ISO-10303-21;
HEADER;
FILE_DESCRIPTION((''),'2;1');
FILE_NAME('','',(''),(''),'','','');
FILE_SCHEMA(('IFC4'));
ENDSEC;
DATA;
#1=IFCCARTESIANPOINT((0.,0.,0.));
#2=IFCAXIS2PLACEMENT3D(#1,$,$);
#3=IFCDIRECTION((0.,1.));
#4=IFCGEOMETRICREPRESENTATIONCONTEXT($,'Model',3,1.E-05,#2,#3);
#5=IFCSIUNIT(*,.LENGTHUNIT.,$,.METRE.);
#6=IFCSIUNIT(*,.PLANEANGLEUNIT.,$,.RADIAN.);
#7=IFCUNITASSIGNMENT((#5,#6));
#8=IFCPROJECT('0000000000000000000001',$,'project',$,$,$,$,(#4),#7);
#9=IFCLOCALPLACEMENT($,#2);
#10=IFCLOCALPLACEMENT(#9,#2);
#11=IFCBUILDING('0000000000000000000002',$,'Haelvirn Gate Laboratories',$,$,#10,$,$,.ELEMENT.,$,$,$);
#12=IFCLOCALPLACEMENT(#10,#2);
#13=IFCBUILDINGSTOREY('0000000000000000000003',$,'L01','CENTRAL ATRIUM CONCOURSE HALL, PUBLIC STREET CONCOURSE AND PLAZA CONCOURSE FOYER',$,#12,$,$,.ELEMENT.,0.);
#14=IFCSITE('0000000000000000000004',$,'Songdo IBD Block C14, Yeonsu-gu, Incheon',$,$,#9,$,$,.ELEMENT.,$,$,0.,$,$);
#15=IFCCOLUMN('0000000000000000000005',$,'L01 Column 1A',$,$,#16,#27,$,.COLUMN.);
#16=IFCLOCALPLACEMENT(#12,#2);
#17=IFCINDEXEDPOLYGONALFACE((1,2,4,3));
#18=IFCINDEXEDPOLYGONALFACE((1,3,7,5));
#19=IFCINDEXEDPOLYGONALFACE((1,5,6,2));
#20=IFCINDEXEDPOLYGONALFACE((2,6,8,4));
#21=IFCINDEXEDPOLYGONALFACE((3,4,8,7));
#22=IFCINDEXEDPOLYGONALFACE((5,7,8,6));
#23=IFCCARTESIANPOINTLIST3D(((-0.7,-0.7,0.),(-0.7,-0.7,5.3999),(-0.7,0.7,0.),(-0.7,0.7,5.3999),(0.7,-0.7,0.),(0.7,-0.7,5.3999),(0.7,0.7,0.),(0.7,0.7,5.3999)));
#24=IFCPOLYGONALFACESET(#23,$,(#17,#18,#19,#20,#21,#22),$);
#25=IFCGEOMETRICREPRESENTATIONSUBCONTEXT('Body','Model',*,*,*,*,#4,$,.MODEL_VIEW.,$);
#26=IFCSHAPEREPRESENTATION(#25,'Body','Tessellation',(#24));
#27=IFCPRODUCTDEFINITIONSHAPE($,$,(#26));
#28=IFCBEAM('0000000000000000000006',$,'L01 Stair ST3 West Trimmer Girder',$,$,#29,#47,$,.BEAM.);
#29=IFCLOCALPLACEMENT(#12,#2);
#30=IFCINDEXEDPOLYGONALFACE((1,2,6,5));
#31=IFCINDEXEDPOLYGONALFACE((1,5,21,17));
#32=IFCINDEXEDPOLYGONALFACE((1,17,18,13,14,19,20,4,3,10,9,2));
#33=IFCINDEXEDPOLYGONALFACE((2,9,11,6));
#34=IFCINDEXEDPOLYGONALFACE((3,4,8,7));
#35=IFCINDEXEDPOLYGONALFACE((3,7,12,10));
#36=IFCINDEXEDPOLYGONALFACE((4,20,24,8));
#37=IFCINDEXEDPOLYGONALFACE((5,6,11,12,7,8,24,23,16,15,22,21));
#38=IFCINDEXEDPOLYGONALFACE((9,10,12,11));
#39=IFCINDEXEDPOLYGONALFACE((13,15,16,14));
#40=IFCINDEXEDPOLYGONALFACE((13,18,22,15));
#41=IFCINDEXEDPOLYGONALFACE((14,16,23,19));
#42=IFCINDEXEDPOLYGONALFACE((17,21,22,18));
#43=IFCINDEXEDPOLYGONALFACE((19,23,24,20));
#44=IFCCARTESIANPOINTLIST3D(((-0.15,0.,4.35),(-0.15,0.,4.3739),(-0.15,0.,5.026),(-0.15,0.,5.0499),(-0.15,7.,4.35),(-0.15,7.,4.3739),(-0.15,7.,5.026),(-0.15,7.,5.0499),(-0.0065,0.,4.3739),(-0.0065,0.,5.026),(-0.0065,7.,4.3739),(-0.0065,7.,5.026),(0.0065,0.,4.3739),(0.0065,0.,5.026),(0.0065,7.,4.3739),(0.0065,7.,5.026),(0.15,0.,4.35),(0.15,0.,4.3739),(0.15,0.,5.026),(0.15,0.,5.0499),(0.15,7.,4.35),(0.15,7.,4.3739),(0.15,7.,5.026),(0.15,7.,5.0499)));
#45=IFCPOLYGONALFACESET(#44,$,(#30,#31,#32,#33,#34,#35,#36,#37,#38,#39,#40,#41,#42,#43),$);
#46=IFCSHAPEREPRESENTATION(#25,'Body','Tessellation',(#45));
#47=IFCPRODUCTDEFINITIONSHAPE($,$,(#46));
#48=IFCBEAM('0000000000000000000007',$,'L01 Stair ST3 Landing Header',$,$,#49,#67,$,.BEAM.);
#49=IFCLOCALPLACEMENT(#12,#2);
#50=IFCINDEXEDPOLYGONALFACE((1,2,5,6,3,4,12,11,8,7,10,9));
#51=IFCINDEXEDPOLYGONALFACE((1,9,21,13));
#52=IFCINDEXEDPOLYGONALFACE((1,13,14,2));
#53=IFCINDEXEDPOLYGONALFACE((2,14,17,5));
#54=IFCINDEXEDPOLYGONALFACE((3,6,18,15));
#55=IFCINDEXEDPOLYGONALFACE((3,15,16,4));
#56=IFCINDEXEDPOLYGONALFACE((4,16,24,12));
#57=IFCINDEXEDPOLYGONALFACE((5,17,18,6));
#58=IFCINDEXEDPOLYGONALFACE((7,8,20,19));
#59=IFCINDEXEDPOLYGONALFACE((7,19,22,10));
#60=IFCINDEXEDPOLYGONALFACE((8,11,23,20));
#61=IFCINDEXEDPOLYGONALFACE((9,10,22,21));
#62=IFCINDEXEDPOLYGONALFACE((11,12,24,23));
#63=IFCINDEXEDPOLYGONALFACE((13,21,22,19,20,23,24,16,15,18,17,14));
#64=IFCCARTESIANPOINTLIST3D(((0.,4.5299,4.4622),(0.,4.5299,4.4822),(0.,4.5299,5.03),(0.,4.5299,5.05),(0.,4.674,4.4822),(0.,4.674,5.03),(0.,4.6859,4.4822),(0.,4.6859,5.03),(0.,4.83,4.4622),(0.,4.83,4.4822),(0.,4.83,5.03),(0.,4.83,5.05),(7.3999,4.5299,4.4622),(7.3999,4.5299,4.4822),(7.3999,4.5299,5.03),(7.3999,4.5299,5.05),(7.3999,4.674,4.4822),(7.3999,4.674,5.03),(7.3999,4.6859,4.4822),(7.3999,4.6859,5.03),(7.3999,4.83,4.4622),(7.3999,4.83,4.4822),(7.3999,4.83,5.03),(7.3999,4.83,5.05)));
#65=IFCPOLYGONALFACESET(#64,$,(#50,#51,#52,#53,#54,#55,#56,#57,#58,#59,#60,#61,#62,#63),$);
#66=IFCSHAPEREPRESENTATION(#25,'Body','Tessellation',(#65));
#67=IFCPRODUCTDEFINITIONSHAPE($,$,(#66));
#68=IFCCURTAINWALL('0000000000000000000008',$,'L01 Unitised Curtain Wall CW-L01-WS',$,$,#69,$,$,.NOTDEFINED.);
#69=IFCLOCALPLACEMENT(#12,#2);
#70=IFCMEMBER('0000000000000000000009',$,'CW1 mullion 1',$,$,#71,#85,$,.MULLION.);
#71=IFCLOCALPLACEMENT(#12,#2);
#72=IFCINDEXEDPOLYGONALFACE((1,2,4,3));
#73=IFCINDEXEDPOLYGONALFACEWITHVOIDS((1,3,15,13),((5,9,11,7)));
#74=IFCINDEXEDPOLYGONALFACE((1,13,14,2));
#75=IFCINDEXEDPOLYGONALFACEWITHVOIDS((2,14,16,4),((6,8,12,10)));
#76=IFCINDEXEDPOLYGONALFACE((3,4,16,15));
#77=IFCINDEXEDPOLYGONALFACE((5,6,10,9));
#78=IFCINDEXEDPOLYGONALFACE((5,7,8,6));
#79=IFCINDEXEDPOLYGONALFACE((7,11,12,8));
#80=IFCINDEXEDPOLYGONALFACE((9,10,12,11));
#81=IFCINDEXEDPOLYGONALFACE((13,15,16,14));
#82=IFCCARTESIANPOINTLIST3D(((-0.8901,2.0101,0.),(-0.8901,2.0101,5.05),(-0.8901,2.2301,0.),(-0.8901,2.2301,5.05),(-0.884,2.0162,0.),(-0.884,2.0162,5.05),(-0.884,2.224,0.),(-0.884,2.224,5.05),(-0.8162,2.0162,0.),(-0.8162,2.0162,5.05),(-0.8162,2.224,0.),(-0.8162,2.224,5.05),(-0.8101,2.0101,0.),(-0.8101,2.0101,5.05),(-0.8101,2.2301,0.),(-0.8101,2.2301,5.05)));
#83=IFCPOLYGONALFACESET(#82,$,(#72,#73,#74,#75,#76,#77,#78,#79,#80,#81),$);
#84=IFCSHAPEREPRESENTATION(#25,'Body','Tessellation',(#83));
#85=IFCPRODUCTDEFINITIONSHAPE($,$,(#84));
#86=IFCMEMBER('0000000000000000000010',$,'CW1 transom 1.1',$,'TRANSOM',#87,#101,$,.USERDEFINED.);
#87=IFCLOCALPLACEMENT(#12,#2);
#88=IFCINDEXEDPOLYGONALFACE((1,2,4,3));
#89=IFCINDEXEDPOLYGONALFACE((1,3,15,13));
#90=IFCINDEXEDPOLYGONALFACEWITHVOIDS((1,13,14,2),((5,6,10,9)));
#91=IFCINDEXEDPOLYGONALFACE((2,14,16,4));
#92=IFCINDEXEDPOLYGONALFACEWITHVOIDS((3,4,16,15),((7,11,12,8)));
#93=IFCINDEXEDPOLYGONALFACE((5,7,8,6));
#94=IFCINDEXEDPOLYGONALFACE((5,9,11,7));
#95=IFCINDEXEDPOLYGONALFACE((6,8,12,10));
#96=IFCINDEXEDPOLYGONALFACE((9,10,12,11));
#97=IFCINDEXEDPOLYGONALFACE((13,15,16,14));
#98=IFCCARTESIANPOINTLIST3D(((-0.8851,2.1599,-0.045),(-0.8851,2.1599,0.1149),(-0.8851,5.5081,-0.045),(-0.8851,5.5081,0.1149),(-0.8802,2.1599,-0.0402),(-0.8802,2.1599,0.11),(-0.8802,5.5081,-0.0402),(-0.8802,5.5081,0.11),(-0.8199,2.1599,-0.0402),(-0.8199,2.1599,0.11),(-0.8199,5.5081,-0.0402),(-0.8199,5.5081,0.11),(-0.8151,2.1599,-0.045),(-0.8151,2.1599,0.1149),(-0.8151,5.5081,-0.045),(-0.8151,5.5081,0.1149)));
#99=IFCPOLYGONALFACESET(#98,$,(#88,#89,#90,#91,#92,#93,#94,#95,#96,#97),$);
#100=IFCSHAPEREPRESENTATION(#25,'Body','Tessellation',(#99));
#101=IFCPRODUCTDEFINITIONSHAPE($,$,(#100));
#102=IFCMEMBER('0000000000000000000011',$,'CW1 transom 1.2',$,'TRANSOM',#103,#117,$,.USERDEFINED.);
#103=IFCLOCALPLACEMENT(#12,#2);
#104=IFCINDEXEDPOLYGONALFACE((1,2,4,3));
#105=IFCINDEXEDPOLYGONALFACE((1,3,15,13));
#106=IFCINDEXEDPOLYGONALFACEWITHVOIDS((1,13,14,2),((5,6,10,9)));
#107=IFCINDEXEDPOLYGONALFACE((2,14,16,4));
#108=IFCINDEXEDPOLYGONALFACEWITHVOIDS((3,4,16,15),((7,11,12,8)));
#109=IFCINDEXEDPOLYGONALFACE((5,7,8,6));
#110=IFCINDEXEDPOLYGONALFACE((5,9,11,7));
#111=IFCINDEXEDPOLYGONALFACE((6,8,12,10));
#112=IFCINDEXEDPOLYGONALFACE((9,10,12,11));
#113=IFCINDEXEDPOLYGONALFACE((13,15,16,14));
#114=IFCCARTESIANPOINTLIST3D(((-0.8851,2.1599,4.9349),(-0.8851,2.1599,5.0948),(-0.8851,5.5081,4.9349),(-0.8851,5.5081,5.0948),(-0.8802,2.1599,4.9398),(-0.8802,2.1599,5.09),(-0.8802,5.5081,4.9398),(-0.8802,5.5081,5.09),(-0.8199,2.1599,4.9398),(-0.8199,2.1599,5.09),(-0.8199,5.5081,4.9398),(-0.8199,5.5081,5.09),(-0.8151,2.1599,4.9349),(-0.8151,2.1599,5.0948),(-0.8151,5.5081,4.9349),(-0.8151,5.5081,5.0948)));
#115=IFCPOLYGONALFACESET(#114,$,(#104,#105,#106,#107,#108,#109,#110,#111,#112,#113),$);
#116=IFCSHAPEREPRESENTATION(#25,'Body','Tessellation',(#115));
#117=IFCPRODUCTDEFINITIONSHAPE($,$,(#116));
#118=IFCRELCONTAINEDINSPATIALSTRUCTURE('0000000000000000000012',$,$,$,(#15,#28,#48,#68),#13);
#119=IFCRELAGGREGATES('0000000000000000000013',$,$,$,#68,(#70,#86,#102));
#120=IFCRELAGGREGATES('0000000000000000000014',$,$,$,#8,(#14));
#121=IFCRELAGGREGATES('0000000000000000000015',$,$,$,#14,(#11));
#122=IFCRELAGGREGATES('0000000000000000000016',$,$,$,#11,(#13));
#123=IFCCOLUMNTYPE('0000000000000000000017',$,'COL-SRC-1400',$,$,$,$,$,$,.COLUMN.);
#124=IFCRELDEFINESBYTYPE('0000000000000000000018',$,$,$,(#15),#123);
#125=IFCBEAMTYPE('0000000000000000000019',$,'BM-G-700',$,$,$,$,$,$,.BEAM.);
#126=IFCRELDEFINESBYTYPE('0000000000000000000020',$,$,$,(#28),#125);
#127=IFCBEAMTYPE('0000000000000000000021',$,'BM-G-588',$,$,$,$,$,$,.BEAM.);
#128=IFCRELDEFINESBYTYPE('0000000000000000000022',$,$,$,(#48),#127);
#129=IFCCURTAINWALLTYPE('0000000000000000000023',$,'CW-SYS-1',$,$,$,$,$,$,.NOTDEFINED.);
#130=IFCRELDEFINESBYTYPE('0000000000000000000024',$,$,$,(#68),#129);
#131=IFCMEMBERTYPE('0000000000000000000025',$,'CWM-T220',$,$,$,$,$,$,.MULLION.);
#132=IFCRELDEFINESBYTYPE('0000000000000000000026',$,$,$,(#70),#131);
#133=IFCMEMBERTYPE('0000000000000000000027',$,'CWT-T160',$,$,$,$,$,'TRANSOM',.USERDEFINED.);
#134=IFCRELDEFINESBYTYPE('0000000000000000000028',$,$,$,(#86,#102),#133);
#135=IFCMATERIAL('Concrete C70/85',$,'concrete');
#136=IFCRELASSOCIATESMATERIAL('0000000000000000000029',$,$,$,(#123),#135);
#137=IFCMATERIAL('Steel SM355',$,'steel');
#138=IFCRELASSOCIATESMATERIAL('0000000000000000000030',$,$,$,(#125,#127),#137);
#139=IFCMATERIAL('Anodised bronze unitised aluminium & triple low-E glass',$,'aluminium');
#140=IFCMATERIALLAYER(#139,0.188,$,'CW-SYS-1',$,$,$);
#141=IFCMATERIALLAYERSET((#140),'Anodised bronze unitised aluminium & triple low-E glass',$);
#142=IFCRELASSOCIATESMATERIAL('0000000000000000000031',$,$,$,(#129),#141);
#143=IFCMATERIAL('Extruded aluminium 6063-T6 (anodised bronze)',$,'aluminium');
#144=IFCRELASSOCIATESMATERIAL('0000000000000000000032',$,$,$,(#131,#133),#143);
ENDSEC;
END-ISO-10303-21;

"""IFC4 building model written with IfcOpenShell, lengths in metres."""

from ifc_helpers import new_model, si_unit, direction, frame, origin, origin_with_axes, origin_2d, place, context, subcontext, project, spatial, rectangle, hollow_rectangle, i_section, extrude, source, transform, mapped, material, layer, layer_set, material_profile, profile_set, type_object, type_shapes, element, aggregate, save


model = new_model("IFC4")

# Units and contexts
model_context = context("Model", 3, precision=1e-05, world=origin(), true_north=direction((0.0, 1.0)))
body_context = subcontext(model_context, "Body", "Model", "MODEL_VIEW")
ifc_project = project(units=[si_unit("LENGTHUNIT", "METRE"), si_unit("PLANEANGLEUNIT", "RADIAN")], contexts=[model_context])

# Site, building, storey
site_placement = place(None, origin())
site = spatial("IfcSite", under=ifc_project, at=site_placement, Name="Songdo IBD Block C14, Yeonsu-gu, Incheon", CompositionType="ELEMENT", RefElevation=0.0)
building_placement = place(site_placement, origin())
building = spatial("IfcBuilding", under=site, at=building_placement, Name="Haelvirn Gate Laboratories", CompositionType="ELEMENT")
storey_placement = place(building_placement, origin())
storey = spatial("IfcBuildingStorey", under=building, at=storey_placement, Name="L01", Description="CENTRAL ATRIUM CONCOURSE HALL, PUBLIC STREET CONCOURSE AND PLAZA CONCOURSE FOYER", CompositionType="ELEMENT", Elevation=0.0)

# Column
ifc_material_1 = material(Name="Concrete C70/85", Category="concrete")
ifc_material_profile_1 = material_profile(ifc_material_1, rectangle(XDim=1.3999, YDim=1.3999, at=origin_2d()), Name="SRC-1400x1400")
ifc_profile_set_1 = profile_set([ifc_material_profile_1], Name="Concrete C70/85")
column_type = type_object("IfcColumnType", Name="COL-SRC-1400", PredefinedType="COLUMN", material=ifc_profile_set_1)
shared_shape_1 = source(origin(), body_context, "Body", "SweptSolid", [
    extrude(rectangle(XDim=1.3999, YDim=1.3999, at=origin_2d()), origin(), (0.0, 0.0, 1.0), 5.3999),
])
type_shapes(column_type, [shared_shape_1])
column_placement = place(storey_placement, origin_with_axes())
element("IfcColumn", 1, at=column_placement, inside=storey, type_object=column_type, Name="L01 Column 1A", PredefinedType="COLUMN", context=body_context, shape_type="MappedRepresentation", body=[
    mapped(shared_shape_1, transform((0.0, 0.0, 0.0), scale=1.0)),
])

# Beams
ifc_material_2 = material(Name="Steel SM355", Category="steel")
ifc_material_profile_2 = material_profile(ifc_material_2, i_section(OverallWidth=0.3, OverallDepth=0.7, WebThickness=0.0129, FlangeThickness=0.0239, at=origin_2d()), Name="H-700x300x13x24")
ifc_profile_set_2 = profile_set([ifc_material_profile_2], Name="Steel SM355")
beam_type_1 = type_object("IfcBeamType", Name="BM-G-700", PredefinedType="BEAM", material=ifc_profile_set_2)
shared_shape_2 = source(origin(), body_context, "Body", "SweptSolid", [
    extrude(i_section(OverallWidth=0.3, OverallDepth=0.7, WebThickness=0.0129, FlangeThickness=0.0239, at=origin_2d()), origin(), (0.0, 0.0, 1.0), 7.0),
])
type_shapes(beam_type_1, [shared_shape_2])
beam_1_placement = place(storey_placement, frame((0.0, 0.0, 4.7), z_axis=(0.0, 1.0, 0.0), x_axis=(-1.0, 0.0, 0.0)))
element("IfcBeam", 2, at=beam_1_placement, inside=storey, type_object=beam_type_1, Name="L01 Stair ST3 West Trimmer Girder", PredefinedType="BEAM", context=body_context, shape_type="MappedRepresentation", body=[
    mapped(shared_shape_2, transform((0.0, 0.0, 0.0), scale=1.0)),
])
ifc_material_profile_3 = material_profile(ifc_material_2, i_section(OverallWidth=0.3, OverallDepth=0.5879, WebThickness=0.012, FlangeThickness=0.02, at=origin_2d()), Name="H-588x300x12x20")
ifc_profile_set_3 = profile_set([ifc_material_profile_3], Name="Steel SM355")
beam_type_2 = type_object("IfcBeamType", Name="BM-G-588", PredefinedType="BEAM", material=ifc_profile_set_3)
shared_shape_3 = source(origin(), body_context, "Body", "SweptSolid", [
    extrude(i_section(OverallWidth=0.3, OverallDepth=0.5879, WebThickness=0.012, FlangeThickness=0.02, at=origin_2d()), origin(), (0.0, 0.0, 1.0), 7.3999),
])
type_shapes(beam_type_2, [shared_shape_3])
beam_2_placement = place(storey_placement, frame((0.0, 4.6799, 4.7561), z_axis=(1.0, 0.0, 0.0), x_axis=(0.0, 1.0, 0.0)))
element("IfcBeam", 3, at=beam_2_placement, inside=storey, type_object=beam_type_2, Name="L01 Stair ST3 Landing Header", PredefinedType="BEAM", context=body_context, shape_type="MappedRepresentation", body=[
    mapped(shared_shape_3, transform((0.0, 0.0, 0.0), scale=1.0)),
])

# Curtain wall, members
ifc_material_3 = material(Name="Anodised bronze unitised aluminium & triple low-E glass", Category="aluminium")
ifc_layer_1 = layer(ifc_material_3, 0.188, Name="CW-SYS-1")
ifc_layer_set_1 = layer_set([ifc_layer_1], Name="Anodised bronze unitised aluminium & triple low-E glass")
curtain_wall_type = type_object("IfcCurtainWallType", Name="CW-SYS-1", PredefinedType="NOTDEFINED", material=ifc_layer_set_1)
curtain_wall_placement = place(storey_placement, origin())
curtain_wall = element("IfcCurtainWall", 4, at=curtain_wall_placement, inside=storey, type_object=curtain_wall_type, Name="L01 Unitised Curtain Wall CW-L01-WS", PredefinedType="NOTDEFINED")
ifc_material_4 = material(Name="Extruded aluminium 6063-T6 (anodised bronze)", Category="aluminium")
ifc_material_profile_4 = material_profile(ifc_material_4, hollow_rectangle(XDim=0.0801, YDim=0.22, WallThickness=0.0061, at=origin_2d()), Name="CWM-220x80x6")
ifc_profile_set_4 = profile_set([ifc_material_profile_4], Name="Extruded aluminium 6063-T6 (anodised bronze)")
member_type_1 = type_object("IfcMemberType", Name="CWM-T220", PredefinedType="MULLION", material=ifc_profile_set_4)
shared_shape_4 = source(origin(), body_context, "Body", "SweptSolid", [
    extrude(hollow_rectangle(XDim=0.0801, YDim=0.22, WallThickness=0.0061, at=origin_2d()), origin(), (0.0, 0.0, 1.0), 5.05),
])
type_shapes(member_type_1, [shared_shape_4])
member_1_placement = place(storey_placement, frame((-0.8501, 2.1201, 0.0), z_axis=(0.0, 0.0, 1.0), x_axis=(-1.0, 0.0, 0.0)))
member_1 = element("IfcMember", 5, at=member_1_placement, type_object=member_type_1, Name="CW1 mullion 1", PredefinedType="MULLION", context=body_context, shape_type="MappedRepresentation", body=[
    mapped(shared_shape_4, transform((0.0, 0.0, 0.0), scale=1.0)),
])
ifc_material_profile_5 = material_profile(ifc_material_4, hollow_rectangle(XDim=0.0701, YDim=0.1599, WallThickness=0.0049, at=origin_2d()), Name="CWT-160x70x5")
ifc_profile_set_5 = profile_set([ifc_material_profile_5], Name="Extruded aluminium 6063-T6 (anodised bronze)")
member_type_2 = type_object("IfcMemberType", Name="CWT-T160", ElementType="TRANSOM", PredefinedType="USERDEFINED", material=ifc_profile_set_5)
shared_shape_5 = source(origin(), body_context, "Body", "SweptSolid", [
    extrude(hollow_rectangle(XDim=0.0701, YDim=0.1599, WallThickness=0.0049, at=origin_2d()), origin(), (0.0, 0.0, 1.0), 3.3481),
])
type_shapes(member_type_2, [shared_shape_5])
member_2_placement = place(storey_placement, frame((-0.8501, 2.1599, 0.0349), z_axis=(0.0, 1.0, 0.0), x_axis=(-1.0, 0.0, 0.0)))
member_2 = element("IfcMember", 6, at=member_2_placement, type_object=member_type_2, Name="CW1 transom 1.1", ObjectType="TRANSOM", PredefinedType="USERDEFINED", context=body_context, shape_type="MappedRepresentation", body=[
    mapped(shared_shape_5, transform((0.0, 0.0, 0.0), scale=1.0)),
])
member_3_placement = place(storey_placement, frame((-0.8501, 2.1599, 5.0149), z_axis=(0.0, 1.0, 0.0), x_axis=(-1.0, 0.0, 0.0)))
member_3 = element("IfcMember", 7, at=member_3_placement, type_object=member_type_2, Name="CW1 transom 1.2", ObjectType="TRANSOM", PredefinedType="USERDEFINED", context=body_context, shape_type="MappedRepresentation", body=[
    mapped(shared_shape_5, transform((0.0, 0.0, 0.0), scale=1.0)),
])

aggregate(curtain_wall, [member_1, member_2, member_3])

save(model, "model.ifc")
